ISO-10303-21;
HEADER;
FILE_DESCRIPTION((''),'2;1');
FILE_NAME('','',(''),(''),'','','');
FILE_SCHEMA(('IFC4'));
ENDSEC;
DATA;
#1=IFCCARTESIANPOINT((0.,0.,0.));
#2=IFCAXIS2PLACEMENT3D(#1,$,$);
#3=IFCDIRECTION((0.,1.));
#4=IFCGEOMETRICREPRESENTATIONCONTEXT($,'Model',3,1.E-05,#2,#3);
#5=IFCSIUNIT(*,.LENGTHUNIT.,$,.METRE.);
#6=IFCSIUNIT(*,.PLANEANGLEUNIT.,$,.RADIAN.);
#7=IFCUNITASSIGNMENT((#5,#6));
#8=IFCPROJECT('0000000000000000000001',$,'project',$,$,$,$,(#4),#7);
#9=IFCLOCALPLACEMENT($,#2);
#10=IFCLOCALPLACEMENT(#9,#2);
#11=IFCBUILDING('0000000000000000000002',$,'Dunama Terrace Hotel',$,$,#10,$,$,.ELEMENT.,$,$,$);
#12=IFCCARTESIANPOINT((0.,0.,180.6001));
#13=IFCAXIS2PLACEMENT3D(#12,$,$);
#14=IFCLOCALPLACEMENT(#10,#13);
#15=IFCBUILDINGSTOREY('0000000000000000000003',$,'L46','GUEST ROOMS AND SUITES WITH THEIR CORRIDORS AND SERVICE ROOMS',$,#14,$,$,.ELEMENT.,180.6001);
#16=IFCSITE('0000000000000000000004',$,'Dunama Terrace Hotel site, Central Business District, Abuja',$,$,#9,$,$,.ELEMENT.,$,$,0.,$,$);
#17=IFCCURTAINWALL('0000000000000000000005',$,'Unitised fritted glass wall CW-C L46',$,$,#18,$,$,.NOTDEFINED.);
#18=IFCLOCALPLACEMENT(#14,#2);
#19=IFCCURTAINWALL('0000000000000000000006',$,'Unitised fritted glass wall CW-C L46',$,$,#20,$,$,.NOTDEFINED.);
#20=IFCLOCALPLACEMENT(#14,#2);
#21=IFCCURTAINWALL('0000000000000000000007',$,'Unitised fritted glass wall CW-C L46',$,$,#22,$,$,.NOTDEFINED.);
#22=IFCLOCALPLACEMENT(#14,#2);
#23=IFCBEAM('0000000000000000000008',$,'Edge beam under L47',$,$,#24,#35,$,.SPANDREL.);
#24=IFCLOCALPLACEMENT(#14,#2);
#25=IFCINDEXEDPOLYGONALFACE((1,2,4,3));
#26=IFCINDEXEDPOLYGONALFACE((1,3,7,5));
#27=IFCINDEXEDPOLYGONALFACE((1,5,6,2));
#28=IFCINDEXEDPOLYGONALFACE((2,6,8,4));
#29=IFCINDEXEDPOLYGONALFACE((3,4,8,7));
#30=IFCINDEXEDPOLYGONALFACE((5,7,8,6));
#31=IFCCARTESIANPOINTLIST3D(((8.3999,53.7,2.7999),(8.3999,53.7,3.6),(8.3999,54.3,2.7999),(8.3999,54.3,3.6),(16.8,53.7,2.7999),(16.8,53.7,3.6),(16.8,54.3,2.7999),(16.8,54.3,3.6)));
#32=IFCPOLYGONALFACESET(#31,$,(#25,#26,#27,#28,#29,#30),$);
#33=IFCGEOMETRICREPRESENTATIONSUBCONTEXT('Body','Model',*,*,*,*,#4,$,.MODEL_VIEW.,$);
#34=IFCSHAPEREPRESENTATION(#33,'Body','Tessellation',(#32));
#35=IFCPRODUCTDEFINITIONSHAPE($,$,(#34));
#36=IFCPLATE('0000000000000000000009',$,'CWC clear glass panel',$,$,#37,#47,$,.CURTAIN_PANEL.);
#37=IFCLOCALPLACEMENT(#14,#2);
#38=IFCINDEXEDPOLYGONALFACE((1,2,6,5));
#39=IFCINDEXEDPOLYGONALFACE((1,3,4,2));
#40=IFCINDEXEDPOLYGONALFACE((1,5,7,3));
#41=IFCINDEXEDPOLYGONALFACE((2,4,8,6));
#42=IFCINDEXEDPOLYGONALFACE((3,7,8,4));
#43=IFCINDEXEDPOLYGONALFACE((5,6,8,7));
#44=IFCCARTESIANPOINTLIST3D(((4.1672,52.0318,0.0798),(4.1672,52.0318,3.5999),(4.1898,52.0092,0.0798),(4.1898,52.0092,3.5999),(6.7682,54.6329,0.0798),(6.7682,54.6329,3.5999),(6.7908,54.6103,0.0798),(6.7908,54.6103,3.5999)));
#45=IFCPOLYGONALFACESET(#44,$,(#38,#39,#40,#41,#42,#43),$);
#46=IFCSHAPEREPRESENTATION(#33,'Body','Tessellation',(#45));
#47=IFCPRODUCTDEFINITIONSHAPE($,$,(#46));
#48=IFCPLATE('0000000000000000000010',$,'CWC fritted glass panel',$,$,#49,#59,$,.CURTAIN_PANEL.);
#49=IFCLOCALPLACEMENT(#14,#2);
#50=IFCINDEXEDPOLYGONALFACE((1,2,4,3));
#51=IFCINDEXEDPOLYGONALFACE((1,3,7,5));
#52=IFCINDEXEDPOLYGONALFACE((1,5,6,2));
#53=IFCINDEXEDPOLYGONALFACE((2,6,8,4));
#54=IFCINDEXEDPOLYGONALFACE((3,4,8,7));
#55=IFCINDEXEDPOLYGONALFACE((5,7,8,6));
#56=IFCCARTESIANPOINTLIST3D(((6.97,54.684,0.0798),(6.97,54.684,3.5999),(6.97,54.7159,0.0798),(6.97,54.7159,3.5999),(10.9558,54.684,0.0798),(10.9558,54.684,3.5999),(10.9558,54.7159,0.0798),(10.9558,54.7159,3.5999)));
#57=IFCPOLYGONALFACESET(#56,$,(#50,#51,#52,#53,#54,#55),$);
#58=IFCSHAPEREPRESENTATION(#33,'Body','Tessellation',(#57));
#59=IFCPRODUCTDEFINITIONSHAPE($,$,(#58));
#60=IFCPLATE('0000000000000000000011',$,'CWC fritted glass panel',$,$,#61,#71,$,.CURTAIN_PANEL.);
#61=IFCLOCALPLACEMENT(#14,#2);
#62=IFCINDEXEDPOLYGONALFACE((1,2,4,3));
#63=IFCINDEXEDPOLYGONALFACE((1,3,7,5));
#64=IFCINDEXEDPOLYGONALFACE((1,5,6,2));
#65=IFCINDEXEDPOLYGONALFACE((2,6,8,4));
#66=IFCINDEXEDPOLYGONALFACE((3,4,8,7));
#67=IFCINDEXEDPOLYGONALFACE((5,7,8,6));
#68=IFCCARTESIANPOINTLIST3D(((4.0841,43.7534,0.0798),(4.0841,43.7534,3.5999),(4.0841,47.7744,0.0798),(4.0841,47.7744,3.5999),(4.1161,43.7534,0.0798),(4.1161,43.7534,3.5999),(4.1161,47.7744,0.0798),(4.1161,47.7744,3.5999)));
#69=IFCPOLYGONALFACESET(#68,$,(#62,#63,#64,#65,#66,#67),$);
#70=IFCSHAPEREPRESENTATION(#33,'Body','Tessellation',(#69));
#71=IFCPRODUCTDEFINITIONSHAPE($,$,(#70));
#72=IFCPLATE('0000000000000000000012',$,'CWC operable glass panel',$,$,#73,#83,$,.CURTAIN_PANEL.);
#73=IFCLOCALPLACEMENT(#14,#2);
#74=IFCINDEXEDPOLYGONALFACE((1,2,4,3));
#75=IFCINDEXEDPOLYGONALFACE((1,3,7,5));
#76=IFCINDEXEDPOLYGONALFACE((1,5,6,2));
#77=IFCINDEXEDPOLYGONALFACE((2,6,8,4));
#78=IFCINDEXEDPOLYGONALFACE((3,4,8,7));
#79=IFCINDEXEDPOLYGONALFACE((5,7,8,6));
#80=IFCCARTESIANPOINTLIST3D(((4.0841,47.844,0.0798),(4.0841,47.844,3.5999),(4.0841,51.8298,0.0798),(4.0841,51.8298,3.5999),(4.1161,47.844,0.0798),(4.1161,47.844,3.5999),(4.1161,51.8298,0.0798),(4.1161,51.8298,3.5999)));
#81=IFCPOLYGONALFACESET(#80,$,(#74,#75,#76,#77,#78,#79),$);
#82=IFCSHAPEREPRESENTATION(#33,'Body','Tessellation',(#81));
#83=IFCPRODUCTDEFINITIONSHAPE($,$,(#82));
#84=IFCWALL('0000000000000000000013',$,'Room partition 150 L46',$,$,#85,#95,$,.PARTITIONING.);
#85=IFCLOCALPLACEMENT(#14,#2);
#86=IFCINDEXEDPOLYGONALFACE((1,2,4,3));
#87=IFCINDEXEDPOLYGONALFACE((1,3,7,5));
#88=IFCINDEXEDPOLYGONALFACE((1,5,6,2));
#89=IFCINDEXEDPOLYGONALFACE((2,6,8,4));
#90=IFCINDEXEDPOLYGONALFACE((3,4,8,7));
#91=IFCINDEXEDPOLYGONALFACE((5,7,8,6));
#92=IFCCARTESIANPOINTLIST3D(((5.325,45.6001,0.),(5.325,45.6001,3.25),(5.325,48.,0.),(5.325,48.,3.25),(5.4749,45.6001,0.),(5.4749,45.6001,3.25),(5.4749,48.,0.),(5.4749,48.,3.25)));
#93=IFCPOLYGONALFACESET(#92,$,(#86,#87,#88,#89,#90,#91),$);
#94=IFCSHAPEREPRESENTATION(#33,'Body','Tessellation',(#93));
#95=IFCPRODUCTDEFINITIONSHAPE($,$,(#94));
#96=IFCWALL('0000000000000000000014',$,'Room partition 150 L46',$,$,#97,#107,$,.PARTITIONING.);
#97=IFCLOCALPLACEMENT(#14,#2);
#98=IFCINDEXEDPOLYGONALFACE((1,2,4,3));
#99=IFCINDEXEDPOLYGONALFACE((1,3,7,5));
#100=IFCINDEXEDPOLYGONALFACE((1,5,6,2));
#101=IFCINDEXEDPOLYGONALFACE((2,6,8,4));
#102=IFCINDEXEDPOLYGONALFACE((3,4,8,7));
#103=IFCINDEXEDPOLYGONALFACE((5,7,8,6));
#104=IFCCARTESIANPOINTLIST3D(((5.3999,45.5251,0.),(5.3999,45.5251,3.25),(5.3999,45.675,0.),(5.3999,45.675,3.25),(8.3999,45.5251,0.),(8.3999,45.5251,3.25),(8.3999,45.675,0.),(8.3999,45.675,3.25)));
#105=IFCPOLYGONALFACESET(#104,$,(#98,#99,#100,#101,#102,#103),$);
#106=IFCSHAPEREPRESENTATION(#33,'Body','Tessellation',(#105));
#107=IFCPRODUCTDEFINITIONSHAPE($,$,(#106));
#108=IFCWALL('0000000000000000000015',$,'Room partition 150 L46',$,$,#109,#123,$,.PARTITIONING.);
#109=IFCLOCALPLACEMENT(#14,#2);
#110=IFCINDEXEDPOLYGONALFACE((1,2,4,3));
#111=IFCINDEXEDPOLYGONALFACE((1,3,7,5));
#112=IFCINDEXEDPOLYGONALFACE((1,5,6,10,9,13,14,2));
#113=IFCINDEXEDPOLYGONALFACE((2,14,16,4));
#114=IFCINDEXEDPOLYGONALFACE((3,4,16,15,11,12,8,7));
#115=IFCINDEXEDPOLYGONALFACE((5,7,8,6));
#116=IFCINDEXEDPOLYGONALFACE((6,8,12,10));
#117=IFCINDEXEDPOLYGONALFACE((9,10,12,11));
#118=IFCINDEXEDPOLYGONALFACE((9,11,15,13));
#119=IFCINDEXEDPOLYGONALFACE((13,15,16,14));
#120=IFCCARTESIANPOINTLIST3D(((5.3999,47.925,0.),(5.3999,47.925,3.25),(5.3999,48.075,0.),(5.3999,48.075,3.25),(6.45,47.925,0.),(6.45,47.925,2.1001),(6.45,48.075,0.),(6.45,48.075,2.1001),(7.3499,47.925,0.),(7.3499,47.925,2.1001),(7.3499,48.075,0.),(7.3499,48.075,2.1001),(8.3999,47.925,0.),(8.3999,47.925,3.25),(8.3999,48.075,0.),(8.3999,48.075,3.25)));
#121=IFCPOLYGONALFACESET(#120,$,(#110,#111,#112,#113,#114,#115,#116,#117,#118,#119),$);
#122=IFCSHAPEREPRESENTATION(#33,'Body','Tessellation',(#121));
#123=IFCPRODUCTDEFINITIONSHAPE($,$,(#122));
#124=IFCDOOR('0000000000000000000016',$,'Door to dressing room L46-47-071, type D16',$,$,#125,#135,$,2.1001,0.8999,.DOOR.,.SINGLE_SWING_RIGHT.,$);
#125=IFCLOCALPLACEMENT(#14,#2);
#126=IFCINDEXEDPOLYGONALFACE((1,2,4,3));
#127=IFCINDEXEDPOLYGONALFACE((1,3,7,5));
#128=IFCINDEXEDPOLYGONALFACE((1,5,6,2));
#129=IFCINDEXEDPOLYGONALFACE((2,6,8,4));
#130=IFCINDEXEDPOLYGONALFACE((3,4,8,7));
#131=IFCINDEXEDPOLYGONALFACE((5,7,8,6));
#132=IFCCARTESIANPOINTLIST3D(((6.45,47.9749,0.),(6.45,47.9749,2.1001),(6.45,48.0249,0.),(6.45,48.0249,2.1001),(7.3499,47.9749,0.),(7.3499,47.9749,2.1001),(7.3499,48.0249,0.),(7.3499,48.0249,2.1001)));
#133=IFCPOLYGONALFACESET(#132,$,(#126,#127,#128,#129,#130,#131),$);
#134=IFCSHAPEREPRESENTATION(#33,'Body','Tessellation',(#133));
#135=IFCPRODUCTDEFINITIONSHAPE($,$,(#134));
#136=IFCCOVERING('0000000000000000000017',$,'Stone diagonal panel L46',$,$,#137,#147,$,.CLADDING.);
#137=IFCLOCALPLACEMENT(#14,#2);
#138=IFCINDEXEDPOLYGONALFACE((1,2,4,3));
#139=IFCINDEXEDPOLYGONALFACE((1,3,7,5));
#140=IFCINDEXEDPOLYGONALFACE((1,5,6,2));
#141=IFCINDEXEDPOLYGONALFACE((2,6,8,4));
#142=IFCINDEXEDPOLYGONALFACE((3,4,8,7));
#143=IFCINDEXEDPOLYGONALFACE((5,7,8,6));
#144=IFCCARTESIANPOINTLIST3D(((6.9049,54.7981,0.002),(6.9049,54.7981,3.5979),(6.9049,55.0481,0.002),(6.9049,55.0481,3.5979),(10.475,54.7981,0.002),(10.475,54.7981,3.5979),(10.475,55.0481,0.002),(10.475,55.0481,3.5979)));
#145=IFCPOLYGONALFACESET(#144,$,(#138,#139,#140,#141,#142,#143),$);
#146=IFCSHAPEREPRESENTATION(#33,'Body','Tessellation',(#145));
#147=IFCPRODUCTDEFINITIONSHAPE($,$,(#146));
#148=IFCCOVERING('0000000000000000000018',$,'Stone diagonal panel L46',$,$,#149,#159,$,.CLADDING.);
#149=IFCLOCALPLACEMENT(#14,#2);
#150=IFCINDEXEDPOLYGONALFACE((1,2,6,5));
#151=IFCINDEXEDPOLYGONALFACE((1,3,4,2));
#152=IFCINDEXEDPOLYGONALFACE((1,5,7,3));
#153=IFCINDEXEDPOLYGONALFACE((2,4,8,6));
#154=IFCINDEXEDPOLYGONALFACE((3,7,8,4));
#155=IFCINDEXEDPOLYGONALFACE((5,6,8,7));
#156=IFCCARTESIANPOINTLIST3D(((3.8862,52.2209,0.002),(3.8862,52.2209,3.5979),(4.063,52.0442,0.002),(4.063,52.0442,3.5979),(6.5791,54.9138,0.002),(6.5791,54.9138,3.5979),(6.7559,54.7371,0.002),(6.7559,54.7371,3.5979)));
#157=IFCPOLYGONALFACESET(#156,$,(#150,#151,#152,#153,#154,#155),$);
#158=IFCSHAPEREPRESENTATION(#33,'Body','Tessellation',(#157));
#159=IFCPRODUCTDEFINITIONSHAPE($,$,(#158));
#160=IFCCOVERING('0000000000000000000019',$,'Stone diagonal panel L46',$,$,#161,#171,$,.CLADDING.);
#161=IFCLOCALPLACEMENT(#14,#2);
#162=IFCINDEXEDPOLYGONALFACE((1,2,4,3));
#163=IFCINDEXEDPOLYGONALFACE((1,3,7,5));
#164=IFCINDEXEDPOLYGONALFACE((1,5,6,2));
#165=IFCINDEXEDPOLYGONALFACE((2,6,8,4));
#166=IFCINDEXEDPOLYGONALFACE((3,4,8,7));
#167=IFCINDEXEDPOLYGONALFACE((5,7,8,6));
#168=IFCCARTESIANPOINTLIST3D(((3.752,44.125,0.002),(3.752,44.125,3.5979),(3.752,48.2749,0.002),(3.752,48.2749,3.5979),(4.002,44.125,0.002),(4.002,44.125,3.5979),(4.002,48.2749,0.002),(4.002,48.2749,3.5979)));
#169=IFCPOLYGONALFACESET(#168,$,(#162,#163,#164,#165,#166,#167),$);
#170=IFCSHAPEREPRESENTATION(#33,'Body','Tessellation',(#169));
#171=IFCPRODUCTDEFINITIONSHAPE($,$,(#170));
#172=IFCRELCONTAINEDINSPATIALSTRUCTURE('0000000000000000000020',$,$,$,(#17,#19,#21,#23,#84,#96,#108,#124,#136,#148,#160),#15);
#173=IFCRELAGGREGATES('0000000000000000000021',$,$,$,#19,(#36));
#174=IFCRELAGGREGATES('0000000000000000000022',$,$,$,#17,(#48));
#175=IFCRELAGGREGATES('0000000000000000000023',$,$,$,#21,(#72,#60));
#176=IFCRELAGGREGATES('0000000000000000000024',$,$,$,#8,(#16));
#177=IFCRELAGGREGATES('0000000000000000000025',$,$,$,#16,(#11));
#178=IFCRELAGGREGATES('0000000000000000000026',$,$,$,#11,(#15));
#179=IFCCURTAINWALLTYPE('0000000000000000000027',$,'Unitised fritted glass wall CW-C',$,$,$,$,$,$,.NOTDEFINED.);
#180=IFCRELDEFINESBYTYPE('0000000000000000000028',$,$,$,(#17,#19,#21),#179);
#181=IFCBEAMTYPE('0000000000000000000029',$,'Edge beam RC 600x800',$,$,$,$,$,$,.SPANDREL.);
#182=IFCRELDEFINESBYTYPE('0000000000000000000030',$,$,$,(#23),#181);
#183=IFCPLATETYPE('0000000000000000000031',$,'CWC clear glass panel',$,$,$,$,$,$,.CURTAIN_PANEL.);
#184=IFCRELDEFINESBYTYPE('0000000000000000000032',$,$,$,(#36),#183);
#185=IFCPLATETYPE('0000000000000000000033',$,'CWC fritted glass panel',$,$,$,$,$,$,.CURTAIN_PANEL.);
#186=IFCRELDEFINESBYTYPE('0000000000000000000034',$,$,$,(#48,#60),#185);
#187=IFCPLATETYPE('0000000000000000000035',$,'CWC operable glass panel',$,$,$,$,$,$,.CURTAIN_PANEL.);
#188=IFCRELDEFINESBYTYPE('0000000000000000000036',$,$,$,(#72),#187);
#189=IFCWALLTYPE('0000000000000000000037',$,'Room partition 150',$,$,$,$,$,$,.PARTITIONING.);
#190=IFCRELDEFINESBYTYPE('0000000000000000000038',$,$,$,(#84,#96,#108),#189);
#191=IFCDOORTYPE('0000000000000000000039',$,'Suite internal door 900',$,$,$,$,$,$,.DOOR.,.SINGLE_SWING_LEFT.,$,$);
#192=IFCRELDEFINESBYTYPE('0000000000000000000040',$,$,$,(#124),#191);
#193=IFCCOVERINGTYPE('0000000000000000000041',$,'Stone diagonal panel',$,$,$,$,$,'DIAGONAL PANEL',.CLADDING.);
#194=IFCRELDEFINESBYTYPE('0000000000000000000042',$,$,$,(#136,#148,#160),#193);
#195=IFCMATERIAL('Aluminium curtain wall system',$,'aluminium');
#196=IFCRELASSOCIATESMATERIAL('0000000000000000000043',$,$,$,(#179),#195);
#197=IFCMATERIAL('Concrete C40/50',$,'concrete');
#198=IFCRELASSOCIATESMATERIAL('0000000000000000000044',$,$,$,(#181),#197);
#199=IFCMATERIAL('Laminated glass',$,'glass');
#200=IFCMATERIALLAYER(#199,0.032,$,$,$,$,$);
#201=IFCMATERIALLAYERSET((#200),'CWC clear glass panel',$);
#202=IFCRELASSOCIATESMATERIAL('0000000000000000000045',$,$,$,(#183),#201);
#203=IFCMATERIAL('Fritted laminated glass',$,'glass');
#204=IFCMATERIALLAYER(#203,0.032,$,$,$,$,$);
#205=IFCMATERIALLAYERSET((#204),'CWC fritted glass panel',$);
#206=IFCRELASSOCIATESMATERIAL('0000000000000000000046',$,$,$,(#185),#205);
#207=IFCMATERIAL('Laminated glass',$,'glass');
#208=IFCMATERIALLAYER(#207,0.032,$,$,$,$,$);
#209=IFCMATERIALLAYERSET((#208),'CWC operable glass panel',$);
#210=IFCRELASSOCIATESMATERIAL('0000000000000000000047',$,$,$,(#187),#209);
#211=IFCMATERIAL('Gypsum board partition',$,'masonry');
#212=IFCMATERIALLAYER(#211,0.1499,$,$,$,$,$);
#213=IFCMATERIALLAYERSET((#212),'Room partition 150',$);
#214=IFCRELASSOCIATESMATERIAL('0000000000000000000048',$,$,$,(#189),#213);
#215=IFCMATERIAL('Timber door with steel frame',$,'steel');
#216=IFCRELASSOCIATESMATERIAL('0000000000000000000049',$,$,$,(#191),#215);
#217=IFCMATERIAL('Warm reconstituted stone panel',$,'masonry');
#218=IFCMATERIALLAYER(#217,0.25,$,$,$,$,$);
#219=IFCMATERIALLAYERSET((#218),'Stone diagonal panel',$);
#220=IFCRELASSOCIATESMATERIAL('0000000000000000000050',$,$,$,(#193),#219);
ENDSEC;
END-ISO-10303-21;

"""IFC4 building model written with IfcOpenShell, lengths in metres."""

from ifc_helpers import new_model, si_unit, direction, frame, frame_2d, origin, origin_2d, place, context, subcontext, project, spatial, rectangle, extrude, material, layer, layer_set, material_profile, profile_set, type_object, element, fill, aggregate, save


model = new_model("IFC4")

# Units and contexts
model_context = context("Model", 3, precision=1e-05, world=origin(), true_north=direction((0.0, 1.0)))
body_context = subcontext(model_context, "Body", "Model", "MODEL_VIEW")
ifc_project = project(units=[si_unit("LENGTHUNIT", "METRE"), si_unit("PLANEANGLEUNIT", "RADIAN")], contexts=[model_context])

# Site, building, storey
site_placement = place(None, origin())
site = spatial("IfcSite", under=ifc_project, at=site_placement, Name="Dunama Terrace Hotel site, Central Business District, Abuja", CompositionType="ELEMENT", RefElevation=0.0)
building_placement = place(site_placement, origin())
building = spatial("IfcBuilding", under=site, at=building_placement, Name="Dunama Terrace Hotel", CompositionType="ELEMENT")
storey_placement = place(building_placement, frame((0.0, 0.0, 180.6001)))
storey = spatial("IfcBuildingStorey", under=building, at=storey_placement, Name="L46", Description="GUEST ROOMS AND SUITES WITH THEIR CORRIDORS AND SERVICE ROOMS", CompositionType="ELEMENT", Elevation=180.6001)

# Curtain wall
ifc_material_1 = material(Name="Aluminium curtain wall system", Category="aluminium")
curtain_wall_type = type_object("IfcCurtainWallType", Name="Unitised fritted glass wall CW-C", PredefinedType="NOTDEFINED", material=ifc_material_1)
curtain_wall_1_placement = place(storey_placement, origin())
curtain_wall_1 = element("IfcCurtainWall", 1, at=curtain_wall_1_placement, inside=storey, type_object=curtain_wall_type, Name="Unitised fritted glass wall CW-C L46", PredefinedType="NOTDEFINED")

# Curtain walls
curtain_wall_2_placement = place(storey_placement, origin())
curtain_wall_2 = element("IfcCurtainWall", 2, at=curtain_wall_2_placement, inside=storey, type_object=curtain_wall_type, Name="Unitised fritted glass wall CW-C L46", PredefinedType="NOTDEFINED")
curtain_wall_3_placement = place(storey_placement, origin())
curtain_wall_3 = element("IfcCurtainWall", 3, at=curtain_wall_3_placement, inside=storey, type_object=curtain_wall_type, Name="Unitised fritted glass wall CW-C L46", PredefinedType="NOTDEFINED")

# Beam
ifc_material_2 = material(Name="Concrete C40/50", Category="concrete")
ifc_material_profile_1 = material_profile(ifc_material_2, rectangle(XDim=0.6001, YDim=0.8, at=origin_2d()), Name="RC 600x800")
ifc_profile_set_1 = profile_set([ifc_material_profile_1], Name="Concrete C40/50")
beam_type_1 = type_object("IfcBeamType", Name="Edge beam RC 600x800", PredefinedType="SPANDREL", material=ifc_profile_set_1)
beam_1_placement = place(storey_placement, frame((8.3999, 54.0, 3.2), z_axis=(1.0, 0.0, 0.0), x_axis=(0.0, 1.0, 0.0)))
element("IfcBeam", 4, at=beam_1_placement, inside=storey, type_object=beam_type_1, Name="Edge beam under L47", PredefinedType="SPANDREL", context=body_context, shape_type="SweptSolid", body=[
    extrude(rectangle(XDim=0.6001, YDim=0.8, at=origin_2d()), origin(), (0.0, 0.0, 1.0), 8.4001),
])

# Plates
ifc_material_3 = material(Name="Laminated glass", Category="glass")
ifc_layer_1 = layer(ifc_material_3, 0.032)
ifc_layer_set_1 = layer_set([ifc_layer_1], Name="CWC clear glass panel")
plate_type_1 = type_object("IfcPlateType", Name="CWC clear glass panel", PredefinedType="CURTAIN_PANEL", material=ifc_layer_set_1)
plate_1_placement = place(storey_placement, frame((5.479, 53.321, 0.0798), z_axis=(0.0, 0.0, 1.0), x_axis=(-0.707107, -0.707107, 0.0)))
plate_1 = element("IfcPlate", 5, at=plate_1_placement, type_object=plate_type_1, Name="CWC clear glass panel", PredefinedType="CURTAIN_PANEL", context=body_context, shape_type="SweptSolid", body=[
    extrude(rectangle(XDim=3.6785, YDim=0.032, at=origin_2d()), origin(), (0.0, 0.0, 1.0), 3.52),
])
aggregate(curtain_wall_2, [plate_1])
ifc_material_4 = material(Name="Fritted laminated glass", Category="glass")
ifc_layer_2 = layer(ifc_material_4, 0.032)
ifc_layer_set_2 = layer_set([ifc_layer_2], Name="CWC fritted glass panel")
plate_type_2 = type_object("IfcPlateType", Name="CWC fritted glass panel", PredefinedType="CURTAIN_PANEL", material=ifc_layer_set_2)
plate_2_placement = place(storey_placement, frame((8.9629, 54.7, 0.0798), z_axis=(0.0, 0.0, 1.0), x_axis=(-1.0, 0.0, 0.0)))
plate_2 = element("IfcPlate", 6, at=plate_2_placement, type_object=plate_type_2, Name="CWC fritted glass panel", PredefinedType="CURTAIN_PANEL", context=body_context, shape_type="SweptSolid", body=[
    extrude(rectangle(XDim=3.9858, YDim=0.032, at=origin_2d()), origin(), (0.0, 0.0, 1.0), 3.52),
])
aggregate(curtain_wall_1, [plate_2])
plate_3_placement = place(storey_placement, frame((4.1001, 45.7639, 0.0798), z_axis=(0.0, 0.0, 1.0), x_axis=(0.0, -1.0, 0.0)))
plate_3 = element("IfcPlate", 7, at=plate_3_placement, type_object=plate_type_2, Name="CWC fritted glass panel", PredefinedType="CURTAIN_PANEL", context=body_context, shape_type="SweptSolid", body=[
    extrude(rectangle(XDim=4.021, YDim=0.032, at=origin_2d()), origin(), (0.0, 0.0, 1.0), 3.52),
])
ifc_material_5 = material(Name="Laminated glass", Category="glass")
ifc_layer_3 = layer(ifc_material_5, 0.032)
ifc_layer_set_3 = layer_set([ifc_layer_3], Name="CWC operable glass panel")
plate_type_3 = type_object("IfcPlateType", Name="CWC operable glass panel", PredefinedType="CURTAIN_PANEL", material=ifc_layer_set_3)
plate_4_placement = place(storey_placement, frame((4.1001, 49.8369, 0.0798), z_axis=(0.0, 0.0, 1.0), x_axis=(0.0, -1.0, 0.0)))
plate_4 = element("IfcPlate", 8, at=plate_4_placement, type_object=plate_type_3, Name="CWC operable glass panel", PredefinedType="CURTAIN_PANEL", context=body_context, shape_type="SweptSolid", body=[
    extrude(rectangle(XDim=3.9858, YDim=0.032, at=origin_2d()), origin(), (0.0, 0.0, 1.0), 3.52),
])
aggregate(curtain_wall_3, [plate_4, plate_3])

# Walls
ifc_material_6 = material(Name="Gypsum board partition", Category="masonry")
ifc_layer_4 = layer(ifc_material_6, 0.1499)
ifc_layer_set_4 = layer_set([ifc_layer_4], Name="Room partition 150")
wall_type = type_object("IfcWallType", Name="Room partition 150", PredefinedType="PARTITIONING", material=ifc_layer_set_4)
wall_1_placement = place(storey_placement, frame((5.3999, 45.6001, 0.0), z_axis=(0.0, 0.0, 1.0), x_axis=(0.0, 1.0, 0.0)))
element("IfcWall", 9, at=wall_1_placement, inside=storey, type_object=wall_type, Name="Room partition 150 L46", PredefinedType="PARTITIONING", context=body_context, shape_type="SweptSolid", body=[
    extrude(rectangle(XDim=2.3999, YDim=0.1499, at=frame_2d((1.2, 0.0))), origin(), (0.0, 0.0, 1.0), 3.25),
])
wall_2_placement = place(storey_placement, frame((5.3999, 45.6001, 0.0), z_axis=(0.0, 0.0, 1.0), x_axis=(1.0, 0.0, 0.0)))
element("IfcWall", 10, at=wall_2_placement, inside=storey, type_object=wall_type, Name="Room partition 150 L46", PredefinedType="PARTITIONING", context=body_context, shape_type="SweptSolid", body=[
    extrude(rectangle(XDim=3.0, YDim=0.1499, at=frame_2d((1.5, 0.0))), origin(), (0.0, 0.0, 1.0), 3.25),
])

# Wall, opening, door
wall_3_placement = place(storey_placement, frame((5.3999, 48.0, 0.0), z_axis=(0.0, 0.0, 1.0), x_axis=(1.0, 0.0, 0.0)))
wall_3 = element("IfcWall", 11, at=wall_3_placement, inside=storey, type_object=wall_type, Name="Room partition 150 L46", PredefinedType="PARTITIONING", context=body_context, shape_type="SweptSolid", body=[
    extrude(rectangle(XDim=3.0, YDim=0.1499, at=frame_2d((1.5, 0.0))), origin(), (0.0, 0.0, 1.0), 3.25),
])
opening_placement = place(wall_3_placement, frame((1.05, 0.0, 0.0)))
opening = element("IfcOpeningElement", 12, at=opening_placement, cuts=wall_3, PredefinedType="OPENING", context=body_context, shape_type="SweptSolid", body=[
    extrude(rectangle(XDim=0.8999, YDim=2.1001, at=frame_2d((0.45, 1.05))), frame((0.0, 0.085, 0.0), z_axis=(0.0, -1.0, 0.0), x_axis=(1.0, 0.0, 0.0)), (0.0, 0.0, 1.0), 0.1699),
])
ifc_material_7 = material(Name="Timber door with steel frame", Category="steel")
door_type = type_object("IfcDoorType", Name="Suite internal door 900", OperationType="SINGLE_SWING_LEFT", PredefinedType="DOOR", material=ifc_material_7)
door_placement = place(opening_placement, frame((0.8999, 0.0, 0.0), z_axis=(0.0, 0.0, 1.0), x_axis=(-1.0, 0.0, 0.0)))
door = element("IfcDoor", 13, at=door_placement, inside=storey, type_object=door_type, Name="Door to dressing room L46-47-071, type D16", OperationType="SINGLE_SWING_RIGHT", OverallHeight=2.1001, OverallWidth=0.8999, PredefinedType="DOOR", context=body_context, shape_type="SweptSolid", body=[
    extrude(rectangle(XDim=0.8999, YDim=2.1001, at=frame_2d((0.45, 1.05))), frame((0.0, 0.0251, 0.0), z_axis=(0.0, -1.0, 0.0), x_axis=(1.0, 0.0, 0.0)), (0.0, 0.0, 1.0), 0.05),
])
fill(opening, door)

# Coverings
ifc_material_8 = material(Name="Warm reconstituted stone panel", Category="masonry")
ifc_layer_5 = layer(ifc_material_8, 0.25)
ifc_layer_set_5 = layer_set([ifc_layer_5], Name="Stone diagonal panel")
covering_type = type_object("IfcCoveringType", Name="Stone diagonal panel", ElementType="DIAGONAL PANEL", PredefinedType="CLADDING", material=ifc_layer_set_5)
covering_1_placement = place(storey_placement, frame((8.6899, 54.9231, 0.002), z_axis=(0.0, 0.0, 1.0), x_axis=(-1.0, 0.0, 0.0)))
element("IfcCovering", 14, at=covering_1_placement, inside=storey, type_object=covering_type, Name="Stone diagonal panel L46", PredefinedType="CLADDING", context=body_context, shape_type="SweptSolid", body=[
    extrude(rectangle(XDim=3.5701, YDim=0.25, at=origin_2d()), origin(), (0.0, 0.0, 1.0), 3.5959),
])
covering_2_placement = place(storey_placement, frame((5.321, 53.479, 0.002), z_axis=(0.0, 0.0, 1.0), x_axis=(-0.707107, -0.707107, 0.0)))
element("IfcCovering", 15, at=covering_2_placement, inside=storey, type_object=covering_type, Name="Stone diagonal panel L46", PredefinedType="CLADDING", context=body_context, shape_type="SweptSolid", body=[
    extrude(rectangle(XDim=3.8083, YDim=0.25, at=origin_2d()), origin(), (0.0, 0.0, 1.0), 3.5959),
])
covering_3_placement = place(storey_placement, frame((3.877, 46.2, 0.002), z_axis=(0.0, 0.0, 1.0), x_axis=(0.0, -1.0, 0.0)))
element("IfcCovering", 16, at=covering_3_placement, inside=storey, type_object=covering_type, Name="Stone diagonal panel L46", PredefinedType="CLADDING", context=body_context, shape_type="SweptSolid", body=[
    extrude(rectangle(XDim=4.1499, YDim=0.25, at=origin_2d()), origin(), (0.0, 0.0, 1.0), 3.5959),
])

save(model, "model.ifc")
